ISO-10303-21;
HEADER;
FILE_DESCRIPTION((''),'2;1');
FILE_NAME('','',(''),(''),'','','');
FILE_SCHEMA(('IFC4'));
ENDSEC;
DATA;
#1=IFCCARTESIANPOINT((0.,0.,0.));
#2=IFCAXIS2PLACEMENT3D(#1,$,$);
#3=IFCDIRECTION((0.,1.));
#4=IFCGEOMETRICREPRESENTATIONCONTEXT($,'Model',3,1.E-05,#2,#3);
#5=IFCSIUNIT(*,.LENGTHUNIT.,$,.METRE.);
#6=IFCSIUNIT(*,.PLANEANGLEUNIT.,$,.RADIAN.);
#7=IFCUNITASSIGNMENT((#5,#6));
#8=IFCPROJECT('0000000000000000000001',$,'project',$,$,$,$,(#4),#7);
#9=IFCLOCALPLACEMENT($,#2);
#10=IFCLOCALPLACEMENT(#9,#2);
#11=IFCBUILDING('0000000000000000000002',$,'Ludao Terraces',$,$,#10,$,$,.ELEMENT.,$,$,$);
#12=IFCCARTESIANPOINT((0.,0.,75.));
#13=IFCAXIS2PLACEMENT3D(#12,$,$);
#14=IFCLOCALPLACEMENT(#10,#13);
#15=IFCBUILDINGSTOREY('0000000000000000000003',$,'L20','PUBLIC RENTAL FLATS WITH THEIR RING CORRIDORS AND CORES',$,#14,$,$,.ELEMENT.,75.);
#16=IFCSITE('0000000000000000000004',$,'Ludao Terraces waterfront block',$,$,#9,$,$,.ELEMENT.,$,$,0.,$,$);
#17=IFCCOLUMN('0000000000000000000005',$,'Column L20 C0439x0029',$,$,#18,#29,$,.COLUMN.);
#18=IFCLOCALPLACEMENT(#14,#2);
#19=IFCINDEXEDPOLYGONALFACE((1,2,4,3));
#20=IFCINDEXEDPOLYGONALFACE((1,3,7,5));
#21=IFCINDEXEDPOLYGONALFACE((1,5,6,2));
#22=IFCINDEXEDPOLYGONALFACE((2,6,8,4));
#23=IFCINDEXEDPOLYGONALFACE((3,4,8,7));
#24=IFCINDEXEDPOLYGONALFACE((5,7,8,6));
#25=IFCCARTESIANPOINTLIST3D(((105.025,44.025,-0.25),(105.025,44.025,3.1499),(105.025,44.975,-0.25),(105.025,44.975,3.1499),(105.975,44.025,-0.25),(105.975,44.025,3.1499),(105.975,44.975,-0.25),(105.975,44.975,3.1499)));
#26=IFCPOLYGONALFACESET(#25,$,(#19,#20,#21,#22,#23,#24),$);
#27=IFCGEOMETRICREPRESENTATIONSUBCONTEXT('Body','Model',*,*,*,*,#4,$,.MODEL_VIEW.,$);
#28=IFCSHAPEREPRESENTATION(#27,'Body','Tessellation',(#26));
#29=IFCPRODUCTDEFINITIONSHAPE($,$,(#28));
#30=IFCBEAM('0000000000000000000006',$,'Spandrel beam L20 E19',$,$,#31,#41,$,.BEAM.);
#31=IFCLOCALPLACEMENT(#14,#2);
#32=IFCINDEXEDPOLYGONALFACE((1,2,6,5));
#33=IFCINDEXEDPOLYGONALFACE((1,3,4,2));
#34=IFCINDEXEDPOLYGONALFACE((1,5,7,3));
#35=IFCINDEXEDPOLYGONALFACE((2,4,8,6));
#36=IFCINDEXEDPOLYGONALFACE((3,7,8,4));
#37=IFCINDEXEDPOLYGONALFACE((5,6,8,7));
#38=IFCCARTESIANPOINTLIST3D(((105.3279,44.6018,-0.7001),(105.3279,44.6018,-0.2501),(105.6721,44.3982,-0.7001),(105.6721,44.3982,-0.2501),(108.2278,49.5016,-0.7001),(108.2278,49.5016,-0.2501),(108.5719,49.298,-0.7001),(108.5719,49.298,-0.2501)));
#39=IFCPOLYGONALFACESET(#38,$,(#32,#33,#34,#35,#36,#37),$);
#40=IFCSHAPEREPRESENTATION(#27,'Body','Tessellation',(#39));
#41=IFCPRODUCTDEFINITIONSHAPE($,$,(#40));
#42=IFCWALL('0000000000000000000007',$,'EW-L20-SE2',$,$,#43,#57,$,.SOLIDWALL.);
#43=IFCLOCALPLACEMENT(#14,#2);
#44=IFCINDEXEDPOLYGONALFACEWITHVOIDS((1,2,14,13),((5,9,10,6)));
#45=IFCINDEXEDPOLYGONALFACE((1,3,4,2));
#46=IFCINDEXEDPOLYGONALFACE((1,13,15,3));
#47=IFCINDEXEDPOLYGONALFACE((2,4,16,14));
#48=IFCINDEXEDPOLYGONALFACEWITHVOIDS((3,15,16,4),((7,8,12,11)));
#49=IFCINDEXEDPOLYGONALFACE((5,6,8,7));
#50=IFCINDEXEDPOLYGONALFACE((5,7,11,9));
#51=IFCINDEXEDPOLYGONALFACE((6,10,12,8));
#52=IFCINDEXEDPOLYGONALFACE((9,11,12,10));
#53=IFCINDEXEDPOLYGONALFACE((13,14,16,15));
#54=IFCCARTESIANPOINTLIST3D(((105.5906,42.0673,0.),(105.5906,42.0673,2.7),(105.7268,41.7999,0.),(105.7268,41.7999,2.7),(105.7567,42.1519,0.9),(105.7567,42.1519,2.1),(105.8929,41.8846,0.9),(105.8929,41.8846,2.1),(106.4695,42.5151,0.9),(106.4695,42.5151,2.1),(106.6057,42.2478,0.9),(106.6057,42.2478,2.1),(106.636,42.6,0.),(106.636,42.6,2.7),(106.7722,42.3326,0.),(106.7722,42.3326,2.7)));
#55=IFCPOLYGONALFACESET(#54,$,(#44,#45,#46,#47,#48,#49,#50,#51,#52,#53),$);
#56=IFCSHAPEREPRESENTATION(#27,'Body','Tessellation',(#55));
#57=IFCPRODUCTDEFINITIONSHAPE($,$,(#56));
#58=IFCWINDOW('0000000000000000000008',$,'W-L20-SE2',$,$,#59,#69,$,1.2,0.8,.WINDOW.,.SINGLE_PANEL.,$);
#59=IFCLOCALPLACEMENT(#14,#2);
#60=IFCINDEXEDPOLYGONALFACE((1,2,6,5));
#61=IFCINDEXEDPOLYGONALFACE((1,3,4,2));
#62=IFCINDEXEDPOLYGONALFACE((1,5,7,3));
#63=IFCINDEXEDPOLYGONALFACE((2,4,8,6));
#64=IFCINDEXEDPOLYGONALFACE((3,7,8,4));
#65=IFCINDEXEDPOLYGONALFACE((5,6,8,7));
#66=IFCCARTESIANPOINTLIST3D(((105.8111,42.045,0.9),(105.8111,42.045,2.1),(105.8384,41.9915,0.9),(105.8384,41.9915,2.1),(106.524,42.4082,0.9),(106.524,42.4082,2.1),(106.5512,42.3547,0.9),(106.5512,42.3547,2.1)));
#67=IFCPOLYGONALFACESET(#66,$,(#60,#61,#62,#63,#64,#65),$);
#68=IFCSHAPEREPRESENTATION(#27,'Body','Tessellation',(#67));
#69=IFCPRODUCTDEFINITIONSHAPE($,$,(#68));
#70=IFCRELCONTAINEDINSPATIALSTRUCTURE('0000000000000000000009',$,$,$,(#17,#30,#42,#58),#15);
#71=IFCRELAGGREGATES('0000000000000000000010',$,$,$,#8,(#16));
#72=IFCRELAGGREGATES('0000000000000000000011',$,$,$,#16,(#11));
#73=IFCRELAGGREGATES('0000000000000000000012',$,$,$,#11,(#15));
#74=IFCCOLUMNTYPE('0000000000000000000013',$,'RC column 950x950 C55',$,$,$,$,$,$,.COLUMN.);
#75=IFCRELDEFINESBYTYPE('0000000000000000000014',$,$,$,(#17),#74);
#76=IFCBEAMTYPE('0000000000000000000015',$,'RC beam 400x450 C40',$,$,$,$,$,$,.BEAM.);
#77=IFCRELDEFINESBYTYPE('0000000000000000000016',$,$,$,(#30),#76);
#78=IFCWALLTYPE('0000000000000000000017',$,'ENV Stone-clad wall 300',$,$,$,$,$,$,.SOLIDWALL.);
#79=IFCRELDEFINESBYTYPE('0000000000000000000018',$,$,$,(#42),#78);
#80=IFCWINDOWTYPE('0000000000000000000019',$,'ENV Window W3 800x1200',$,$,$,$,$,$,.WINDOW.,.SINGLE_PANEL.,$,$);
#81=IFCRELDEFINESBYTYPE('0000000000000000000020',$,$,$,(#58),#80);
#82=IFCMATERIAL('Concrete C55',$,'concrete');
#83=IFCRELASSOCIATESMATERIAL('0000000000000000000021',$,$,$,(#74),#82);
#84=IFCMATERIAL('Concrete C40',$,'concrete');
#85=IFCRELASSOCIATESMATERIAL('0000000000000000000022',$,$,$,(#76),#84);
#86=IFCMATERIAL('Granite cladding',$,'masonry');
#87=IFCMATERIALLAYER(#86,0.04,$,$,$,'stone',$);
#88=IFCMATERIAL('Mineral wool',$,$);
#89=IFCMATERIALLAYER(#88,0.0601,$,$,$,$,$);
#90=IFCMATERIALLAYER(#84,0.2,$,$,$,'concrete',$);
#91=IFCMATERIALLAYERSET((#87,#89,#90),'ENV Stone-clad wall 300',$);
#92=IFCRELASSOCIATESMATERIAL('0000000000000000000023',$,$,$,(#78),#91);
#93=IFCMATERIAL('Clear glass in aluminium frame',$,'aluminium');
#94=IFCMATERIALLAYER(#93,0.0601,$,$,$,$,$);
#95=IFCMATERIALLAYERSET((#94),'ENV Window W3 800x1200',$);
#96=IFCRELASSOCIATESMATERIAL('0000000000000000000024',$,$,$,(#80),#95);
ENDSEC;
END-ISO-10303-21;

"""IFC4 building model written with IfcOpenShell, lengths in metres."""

from ifc_helpers import new_model, si_unit, direction, frame, frame_2d, origin, origin_2d, place, context, subcontext, project, spatial, rectangle, extrude, material, layer, layer_set, material_profile, profile_set, type_object, element, fill, save


model = new_model("IFC4")

# Units and contexts
model_context = context("Model", 3, precision=1e-05, world=origin(), true_north=direction((0.0, 1.0)))
body_context = subcontext(model_context, "Body", "Model", "MODEL_VIEW")
ifc_project = project(units=[si_unit("LENGTHUNIT", "METRE"), si_unit("PLANEANGLEUNIT", "RADIAN")], contexts=[model_context])

# Site, building, storey
site_placement = place(None, origin())
site = spatial("IfcSite", under=ifc_project, at=site_placement, Name="Ludao Terraces waterfront block", CompositionType="ELEMENT", RefElevation=0.0)
building_placement = place(site_placement, origin())
building = spatial("IfcBuilding", under=site, at=building_placement, Name="Ludao Terraces", CompositionType="ELEMENT")
storey_placement = place(building_placement, frame((0.0, 0.0, 75.0)))
storey = spatial("IfcBuildingStorey", under=building, at=storey_placement, Name="L20", Description="PUBLIC RENTAL FLATS WITH THEIR RING CORRIDORS AND CORES", CompositionType="ELEMENT", Elevation=75.0)

# Column
ifc_material_1 = material(Name="Concrete C55", Category="concrete")
ifc_material_profile_1 = material_profile(ifc_material_1, rectangle(XDim=0.95, YDim=0.95, at=origin_2d()), Name="950 X 950")
ifc_profile_set_1 = profile_set([ifc_material_profile_1], Name="Concrete C55")
column_type = type_object("IfcColumnType", Name="RC column 950x950 C55", PredefinedType="COLUMN", material=ifc_profile_set_1)
column_placement = place(storey_placement, frame((105.5, 44.5, -0.25), z_axis=(0.0, 0.0, 1.0), x_axis=(1.0, 0.0, 0.0)))
element("IfcColumn", 1, at=column_placement, inside=storey, type_object=column_type, Name="Column L20 C0439x0029", PredefinedType="COLUMN", context=body_context, shape_type="SweptSolid", body=[
    extrude(rectangle(XDim=0.95, YDim=0.95, at=origin_2d()), origin(), (0.0, 0.0, 1.0), 3.3999),
])

# Beam
ifc_material_2 = material(Name="Concrete C40", Category="concrete")
ifc_material_profile_2 = material_profile(ifc_material_2, rectangle(XDim=0.3999, YDim=0.45, at=origin_2d()), Name="400 X 450")
ifc_profile_set_2 = profile_set([ifc_material_profile_2], Name="Concrete C40")
beam_type = type_object("IfcBeamType", Name="RC beam 400x450 C40", PredefinedType="BEAM", material=ifc_profile_set_2)
beam_placement = place(storey_placement, frame((105.5, 44.5, -0.4751), z_axis=(0.509316, 0.86058, 0.0), x_axis=(-0.86058, 0.509316, 0.0)))
element("IfcBeam", 2, at=beam_placement, inside=storey, type_object=beam_type, Name="Spandrel beam L20 E19", PredefinedType="BEAM", context=body_context, shape_type="SweptSolid", body=[
    extrude(rectangle(XDim=0.3999, YDim=0.45, at=origin_2d()), origin(), (0.0, 0.0, 1.0), 5.6936),
])

# Wall, opening, window
ifc_material_3 = material(Name="Granite cladding", Category="masonry")
ifc_layer_1 = layer(ifc_material_3, 0.04, Category="stone")
ifc_material_4 = material(Name="Mineral wool")
ifc_layer_2 = layer(ifc_material_4, 0.0601)
ifc_layer_3 = layer(ifc_material_2, 0.2, Category="concrete")
ifc_layer_set_1 = layer_set([ifc_layer_1, ifc_layer_2, ifc_layer_3], Name="ENV Stone-clad wall 300")
wall_type_1 = type_object("IfcWallType", Name="ENV Stone-clad wall 300", PredefinedType="SOLIDWALL", material=ifc_layer_set_1)
wall_1_placement = place(storey_placement, frame((105.6587, 41.9336, 0.0), z_axis=(0.0, 0.0, 1.0), x_axis=(0.890989, 0.454026, 0.0)))
wall_1 = element("IfcWall", 3, at=wall_1_placement, inside=storey, type_object=wall_type_1, Name="EW-L20-SE2", PredefinedType="SOLIDWALL", context=body_context, shape_type="SweptSolid", body=[
    extrude(rectangle(XDim=1.1733, YDim=0.3, at=frame_2d((0.5867, 0.0))), origin(), (0.0, 0.0, 1.0), 2.7),
])
opening_1_placement = place(wall_1_placement, frame((0.1865, 0.0, 0.8999)))
opening_1 = element("IfcOpeningElement", 4, at=opening_1_placement, cuts=wall_1, PredefinedType="OPENING", context=body_context, shape_type="SweptSolid", body=[
    extrude(rectangle(XDim=0.8, YDim=1.2, at=frame_2d((0.3999, 0.6001))), frame((0.0, 0.1602, 0.0), z_axis=(0.0, -1.0, 0.0), x_axis=(1.0, 0.0, 0.0)), (0.0, 0.0, 1.0), 0.3201),
])
ifc_material_5 = material(Name="Clear glass in aluminium frame", Category="aluminium")
ifc_layer_4 = layer(ifc_material_5, 0.0601)
ifc_layer_set_2 = layer_set([ifc_layer_4], Name="ENV Window W3 800x1200")
window_type = type_object("IfcWindowType", Name="ENV Window W3 800x1200", PartitioningType="SINGLE_PANEL", PredefinedType="WINDOW", material=ifc_layer_set_2)
window_placement = place(opening_1_placement, origin())
window = element("IfcWindow", 5, at=window_placement, inside=storey, type_object=window_type, Name="W-L20-SE2", OverallHeight=1.2, OverallWidth=0.8, PartitioningType="SINGLE_PANEL", PredefinedType="WINDOW", context=body_context, shape_type="SweptSolid", body=[
    extrude(rectangle(XDim=0.8, YDim=1.2, at=frame_2d((0.3999, 0.6001))), frame((0.0, 0.03, 0.0), z_axis=(0.0, -1.0, 0.0), x_axis=(1.0, 0.0, 0.0)), (0.0, 0.0, 1.0), 0.0601),
])
fill(opening_1, window)

save(model, "model.ifc")
